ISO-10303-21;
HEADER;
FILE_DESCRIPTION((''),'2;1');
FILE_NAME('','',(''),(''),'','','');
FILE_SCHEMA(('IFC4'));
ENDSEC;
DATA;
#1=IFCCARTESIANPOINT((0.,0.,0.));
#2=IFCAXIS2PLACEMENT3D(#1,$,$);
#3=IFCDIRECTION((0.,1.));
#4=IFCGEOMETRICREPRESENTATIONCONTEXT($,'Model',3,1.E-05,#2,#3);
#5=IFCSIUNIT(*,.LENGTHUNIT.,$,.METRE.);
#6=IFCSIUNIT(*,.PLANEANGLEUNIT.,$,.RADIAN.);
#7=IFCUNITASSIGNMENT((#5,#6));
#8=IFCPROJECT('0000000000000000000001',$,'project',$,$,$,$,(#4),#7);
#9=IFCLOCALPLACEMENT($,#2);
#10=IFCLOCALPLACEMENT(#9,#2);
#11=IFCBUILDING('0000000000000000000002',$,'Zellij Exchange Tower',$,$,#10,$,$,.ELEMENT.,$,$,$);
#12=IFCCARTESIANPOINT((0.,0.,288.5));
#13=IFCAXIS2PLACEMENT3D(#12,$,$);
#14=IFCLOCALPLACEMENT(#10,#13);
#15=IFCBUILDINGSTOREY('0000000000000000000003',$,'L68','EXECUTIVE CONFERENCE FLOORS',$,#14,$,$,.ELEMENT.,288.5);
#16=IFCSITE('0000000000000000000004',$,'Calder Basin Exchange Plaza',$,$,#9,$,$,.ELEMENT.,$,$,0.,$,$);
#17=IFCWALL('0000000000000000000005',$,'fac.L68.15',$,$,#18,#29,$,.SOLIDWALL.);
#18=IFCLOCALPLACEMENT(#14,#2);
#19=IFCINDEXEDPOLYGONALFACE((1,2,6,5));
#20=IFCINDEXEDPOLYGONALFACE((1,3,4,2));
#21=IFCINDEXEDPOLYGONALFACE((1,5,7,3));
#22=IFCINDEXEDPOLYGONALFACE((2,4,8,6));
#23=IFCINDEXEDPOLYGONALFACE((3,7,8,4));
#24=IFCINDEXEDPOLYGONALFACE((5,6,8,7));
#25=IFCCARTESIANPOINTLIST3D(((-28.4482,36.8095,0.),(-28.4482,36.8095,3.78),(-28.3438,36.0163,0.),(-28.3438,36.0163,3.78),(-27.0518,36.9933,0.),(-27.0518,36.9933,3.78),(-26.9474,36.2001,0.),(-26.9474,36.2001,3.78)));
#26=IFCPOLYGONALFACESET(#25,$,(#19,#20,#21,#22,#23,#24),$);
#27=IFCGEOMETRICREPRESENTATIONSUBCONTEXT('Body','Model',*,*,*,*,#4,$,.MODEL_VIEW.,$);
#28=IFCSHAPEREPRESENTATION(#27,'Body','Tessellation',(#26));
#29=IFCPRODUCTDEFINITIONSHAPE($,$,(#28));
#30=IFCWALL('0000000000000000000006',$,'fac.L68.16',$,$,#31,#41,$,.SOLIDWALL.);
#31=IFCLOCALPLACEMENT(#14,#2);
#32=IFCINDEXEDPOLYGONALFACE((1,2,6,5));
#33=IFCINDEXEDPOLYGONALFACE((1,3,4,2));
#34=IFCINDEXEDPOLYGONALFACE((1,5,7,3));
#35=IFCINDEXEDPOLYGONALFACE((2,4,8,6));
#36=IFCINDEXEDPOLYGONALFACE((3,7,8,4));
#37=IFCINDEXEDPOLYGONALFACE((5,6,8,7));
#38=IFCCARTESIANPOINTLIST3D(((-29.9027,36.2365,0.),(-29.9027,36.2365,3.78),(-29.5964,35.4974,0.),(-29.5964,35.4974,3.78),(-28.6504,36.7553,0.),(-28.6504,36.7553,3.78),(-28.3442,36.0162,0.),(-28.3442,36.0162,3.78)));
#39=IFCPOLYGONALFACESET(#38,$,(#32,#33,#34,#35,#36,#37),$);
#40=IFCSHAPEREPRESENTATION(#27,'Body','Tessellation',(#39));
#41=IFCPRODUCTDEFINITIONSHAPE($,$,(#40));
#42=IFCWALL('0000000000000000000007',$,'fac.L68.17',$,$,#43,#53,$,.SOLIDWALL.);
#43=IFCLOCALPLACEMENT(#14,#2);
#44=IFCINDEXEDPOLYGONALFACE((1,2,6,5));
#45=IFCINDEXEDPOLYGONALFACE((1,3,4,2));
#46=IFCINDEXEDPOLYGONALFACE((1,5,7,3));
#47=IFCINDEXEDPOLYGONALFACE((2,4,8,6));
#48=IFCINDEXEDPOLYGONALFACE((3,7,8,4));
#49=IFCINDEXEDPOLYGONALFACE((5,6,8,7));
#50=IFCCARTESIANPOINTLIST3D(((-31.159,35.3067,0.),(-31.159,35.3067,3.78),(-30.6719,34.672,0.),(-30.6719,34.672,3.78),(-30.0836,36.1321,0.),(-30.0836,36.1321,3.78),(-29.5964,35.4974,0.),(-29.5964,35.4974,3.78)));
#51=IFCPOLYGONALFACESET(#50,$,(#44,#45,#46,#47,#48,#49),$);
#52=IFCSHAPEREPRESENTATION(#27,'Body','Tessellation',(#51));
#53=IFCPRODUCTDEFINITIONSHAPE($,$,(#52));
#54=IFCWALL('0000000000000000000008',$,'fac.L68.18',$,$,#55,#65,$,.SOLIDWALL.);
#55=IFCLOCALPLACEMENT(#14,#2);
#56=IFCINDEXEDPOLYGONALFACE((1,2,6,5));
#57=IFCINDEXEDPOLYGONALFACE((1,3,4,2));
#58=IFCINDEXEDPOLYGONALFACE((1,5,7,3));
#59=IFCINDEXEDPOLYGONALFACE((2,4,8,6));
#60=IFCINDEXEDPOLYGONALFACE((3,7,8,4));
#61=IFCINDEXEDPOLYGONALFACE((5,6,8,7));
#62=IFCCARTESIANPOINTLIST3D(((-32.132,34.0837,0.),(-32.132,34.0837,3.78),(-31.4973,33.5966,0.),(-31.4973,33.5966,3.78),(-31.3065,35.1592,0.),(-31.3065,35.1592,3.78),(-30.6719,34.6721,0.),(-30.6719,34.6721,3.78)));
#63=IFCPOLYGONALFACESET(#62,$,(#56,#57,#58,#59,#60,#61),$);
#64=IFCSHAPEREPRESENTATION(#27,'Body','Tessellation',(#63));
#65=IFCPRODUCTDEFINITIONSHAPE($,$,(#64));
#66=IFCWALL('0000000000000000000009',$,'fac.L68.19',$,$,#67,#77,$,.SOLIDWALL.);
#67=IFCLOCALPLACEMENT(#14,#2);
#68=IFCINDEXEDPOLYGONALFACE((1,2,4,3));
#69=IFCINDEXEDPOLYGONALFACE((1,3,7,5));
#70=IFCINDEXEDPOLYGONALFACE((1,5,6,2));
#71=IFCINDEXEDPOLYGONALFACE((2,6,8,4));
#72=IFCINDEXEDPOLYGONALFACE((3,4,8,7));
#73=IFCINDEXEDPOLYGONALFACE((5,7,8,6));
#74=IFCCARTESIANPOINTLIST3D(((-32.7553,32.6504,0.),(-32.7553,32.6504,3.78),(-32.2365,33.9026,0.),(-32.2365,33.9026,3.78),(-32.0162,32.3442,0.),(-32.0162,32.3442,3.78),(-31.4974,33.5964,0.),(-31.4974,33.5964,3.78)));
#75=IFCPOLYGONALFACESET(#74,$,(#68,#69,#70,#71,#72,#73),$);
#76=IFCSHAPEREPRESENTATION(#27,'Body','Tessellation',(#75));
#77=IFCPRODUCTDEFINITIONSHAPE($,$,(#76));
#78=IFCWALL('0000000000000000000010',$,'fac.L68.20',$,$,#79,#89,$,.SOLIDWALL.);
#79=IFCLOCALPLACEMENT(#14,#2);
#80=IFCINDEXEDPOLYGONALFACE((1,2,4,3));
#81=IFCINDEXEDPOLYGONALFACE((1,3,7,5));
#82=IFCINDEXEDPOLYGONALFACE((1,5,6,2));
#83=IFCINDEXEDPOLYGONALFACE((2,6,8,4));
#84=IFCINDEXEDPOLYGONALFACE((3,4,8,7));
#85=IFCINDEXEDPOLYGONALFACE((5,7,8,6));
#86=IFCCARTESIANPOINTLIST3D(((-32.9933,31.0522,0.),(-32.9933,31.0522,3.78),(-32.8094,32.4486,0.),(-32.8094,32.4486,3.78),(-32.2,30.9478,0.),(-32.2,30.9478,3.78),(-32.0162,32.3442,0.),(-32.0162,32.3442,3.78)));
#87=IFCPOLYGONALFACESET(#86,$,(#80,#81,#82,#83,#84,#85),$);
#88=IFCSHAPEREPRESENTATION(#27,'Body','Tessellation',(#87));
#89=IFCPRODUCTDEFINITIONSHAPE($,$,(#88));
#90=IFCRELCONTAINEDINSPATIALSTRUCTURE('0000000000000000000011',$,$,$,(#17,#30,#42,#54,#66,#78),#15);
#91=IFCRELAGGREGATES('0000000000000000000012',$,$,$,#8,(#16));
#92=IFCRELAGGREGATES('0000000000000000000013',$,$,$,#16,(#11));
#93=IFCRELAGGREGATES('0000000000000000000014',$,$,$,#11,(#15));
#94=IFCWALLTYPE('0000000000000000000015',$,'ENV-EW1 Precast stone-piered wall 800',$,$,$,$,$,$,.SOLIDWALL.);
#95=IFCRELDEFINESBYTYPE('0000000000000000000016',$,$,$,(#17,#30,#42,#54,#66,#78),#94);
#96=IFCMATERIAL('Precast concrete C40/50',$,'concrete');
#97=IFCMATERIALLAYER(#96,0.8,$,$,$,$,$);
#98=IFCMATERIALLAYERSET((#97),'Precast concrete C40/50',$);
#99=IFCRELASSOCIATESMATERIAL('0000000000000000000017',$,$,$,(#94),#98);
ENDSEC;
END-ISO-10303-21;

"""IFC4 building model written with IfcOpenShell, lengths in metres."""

from ifc_helpers import new_model, si_unit, direction, frame, frame_2d, origin, place, context, subcontext, project, spatial, rectangle, extrude, material, layer, layer_set, type_object, element, save


model = new_model("IFC4")

# Units and contexts
model_context = context("Model", 3, precision=1e-05, world=origin(), true_north=direction((0.0, 1.0)))
body_context = subcontext(model_context, "Body", "Model", "MODEL_VIEW")
ifc_project = project(units=[si_unit("LENGTHUNIT", "METRE"), si_unit("PLANEANGLEUNIT", "RADIAN")], contexts=[model_context])

# Site, building, storey
site_placement = place(None, origin())
site = spatial("IfcSite", under=ifc_project, at=site_placement, Name="Calder Basin Exchange Plaza", CompositionType="ELEMENT", RefElevation=0.0)
building_placement = place(site_placement, origin())
building = spatial("IfcBuilding", under=site, at=building_placement, Name="Zellij Exchange Tower", CompositionType="ELEMENT")
storey_placement = place(building_placement, frame((0.0, 0.0, 288.5)))
storey = spatial("IfcBuildingStorey", under=building, at=storey_placement, Name="L68", Description="EXECUTIVE CONFERENCE FLOORS", CompositionType="ELEMENT", Elevation=288.5)

# Walls
ifc_material_1 = material(Name="Precast concrete C40/50", Category="concrete")
ifc_layer_1 = layer(ifc_material_1, 0.8)
ifc_layer_set_1 = layer_set([ifc_layer_1], Name="Precast concrete C40/50")
wall_type_1 = type_object("IfcWallType", Name="ENV-EW1 Precast stone-piered wall 800", PredefinedType="SOLIDWALL", material=ifc_layer_set_1)
wall_1_placement = place(storey_placement, frame((-26.9998, 36.5967, 0.0), z_axis=(0.0, 0.0, 1.0), x_axis=(-0.991446, -0.130517, 0.0)))
element("IfcWall", 1, at=wall_1_placement, inside=storey, type_object=wall_type_1, Name="fac.L68.15", PredefinedType="SOLIDWALL", context=body_context, shape_type="SweptSolid", body=[
    extrude(rectangle(XDim=1.4084, YDim=0.8, at=frame_2d((0.7041, 0.0))), origin(), (0.0, 0.0, 1.0), 3.78),
])
wall_2_placement = place(storey_placement, frame((-28.4973, 36.3857, 0.0), z_axis=(0.0, 0.0, 1.0), x_axis=(-0.923848, -0.38276, 0.0)))
element("IfcWall", 2, at=wall_2_placement, inside=storey, type_object=wall_type_1, Name="fac.L68.16", PredefinedType="SOLIDWALL", context=body_context, shape_type="SweptSolid", body=[
    extrude(rectangle(XDim=1.3555, YDim=0.8, at=frame_2d((0.6777, 0.0))), origin(), (0.0, 0.0, 1.0), 3.78),
])
for number, where, z_axis, x_axis, name in (
    (3, (-29.8401, 35.8147, 0.0), (0.0, 0.0, 1.0), (-0.793273, -0.608866, 0.0), "fac.L68.17"),
    (4, (-30.9893, 34.9155, 0.0), (0.0, 0.0, 1.0), (-0.608866, -0.793273, 0.0), "fac.L68.18"),
):
    element("IfcWall", number, at=place(storey_placement, frame(where, z_axis=z_axis, x_axis=x_axis)), inside=storey, type_object=wall_type_1, Name=name, PredefinedType="SOLIDWALL", context=body_context, shape_type="SweptSolid", body=[
        extrude(rectangle(XDim=1.3557, YDim=0.8, at=frame_2d((0.6777, 0.0))), origin(), (0.0, 0.0, 1.0), 3.78),
    ])
wall_3_placement = place(storey_placement, frame((-31.8669, 33.7495, 0.0), z_axis=(0.0, 0.0, 1.0), x_axis=(-0.38276, -0.923848, 0.0)))
element("IfcWall", 5, at=wall_3_placement, inside=storey, type_object=wall_type_1, Name="fac.L68.19", PredefinedType="SOLIDWALL", context=body_context, shape_type="SweptSolid", body=[
    extrude(rectangle(XDim=1.3555, YDim=0.8, at=frame_2d((0.6777, 0.0))), origin(), (0.0, 0.0, 1.0), 3.78),
])
wall_4_placement = place(storey_placement, frame((-32.4128, 32.3962, 0.0), z_axis=(0.0, 0.0, 1.0), x_axis=(-0.130517, -0.991446, 0.0)))
element("IfcWall", 6, at=wall_4_placement, inside=storey, type_object=wall_type_1, Name="fac.L68.20", PredefinedType="SOLIDWALL", context=body_context, shape_type="SweptSolid", body=[
    extrude(rectangle(XDim=1.4084, YDim=0.8, at=frame_2d((0.7041, 0.0))), origin(), (0.0, 0.0, 1.0), 3.78),
])

save(model, "model.ifc")
